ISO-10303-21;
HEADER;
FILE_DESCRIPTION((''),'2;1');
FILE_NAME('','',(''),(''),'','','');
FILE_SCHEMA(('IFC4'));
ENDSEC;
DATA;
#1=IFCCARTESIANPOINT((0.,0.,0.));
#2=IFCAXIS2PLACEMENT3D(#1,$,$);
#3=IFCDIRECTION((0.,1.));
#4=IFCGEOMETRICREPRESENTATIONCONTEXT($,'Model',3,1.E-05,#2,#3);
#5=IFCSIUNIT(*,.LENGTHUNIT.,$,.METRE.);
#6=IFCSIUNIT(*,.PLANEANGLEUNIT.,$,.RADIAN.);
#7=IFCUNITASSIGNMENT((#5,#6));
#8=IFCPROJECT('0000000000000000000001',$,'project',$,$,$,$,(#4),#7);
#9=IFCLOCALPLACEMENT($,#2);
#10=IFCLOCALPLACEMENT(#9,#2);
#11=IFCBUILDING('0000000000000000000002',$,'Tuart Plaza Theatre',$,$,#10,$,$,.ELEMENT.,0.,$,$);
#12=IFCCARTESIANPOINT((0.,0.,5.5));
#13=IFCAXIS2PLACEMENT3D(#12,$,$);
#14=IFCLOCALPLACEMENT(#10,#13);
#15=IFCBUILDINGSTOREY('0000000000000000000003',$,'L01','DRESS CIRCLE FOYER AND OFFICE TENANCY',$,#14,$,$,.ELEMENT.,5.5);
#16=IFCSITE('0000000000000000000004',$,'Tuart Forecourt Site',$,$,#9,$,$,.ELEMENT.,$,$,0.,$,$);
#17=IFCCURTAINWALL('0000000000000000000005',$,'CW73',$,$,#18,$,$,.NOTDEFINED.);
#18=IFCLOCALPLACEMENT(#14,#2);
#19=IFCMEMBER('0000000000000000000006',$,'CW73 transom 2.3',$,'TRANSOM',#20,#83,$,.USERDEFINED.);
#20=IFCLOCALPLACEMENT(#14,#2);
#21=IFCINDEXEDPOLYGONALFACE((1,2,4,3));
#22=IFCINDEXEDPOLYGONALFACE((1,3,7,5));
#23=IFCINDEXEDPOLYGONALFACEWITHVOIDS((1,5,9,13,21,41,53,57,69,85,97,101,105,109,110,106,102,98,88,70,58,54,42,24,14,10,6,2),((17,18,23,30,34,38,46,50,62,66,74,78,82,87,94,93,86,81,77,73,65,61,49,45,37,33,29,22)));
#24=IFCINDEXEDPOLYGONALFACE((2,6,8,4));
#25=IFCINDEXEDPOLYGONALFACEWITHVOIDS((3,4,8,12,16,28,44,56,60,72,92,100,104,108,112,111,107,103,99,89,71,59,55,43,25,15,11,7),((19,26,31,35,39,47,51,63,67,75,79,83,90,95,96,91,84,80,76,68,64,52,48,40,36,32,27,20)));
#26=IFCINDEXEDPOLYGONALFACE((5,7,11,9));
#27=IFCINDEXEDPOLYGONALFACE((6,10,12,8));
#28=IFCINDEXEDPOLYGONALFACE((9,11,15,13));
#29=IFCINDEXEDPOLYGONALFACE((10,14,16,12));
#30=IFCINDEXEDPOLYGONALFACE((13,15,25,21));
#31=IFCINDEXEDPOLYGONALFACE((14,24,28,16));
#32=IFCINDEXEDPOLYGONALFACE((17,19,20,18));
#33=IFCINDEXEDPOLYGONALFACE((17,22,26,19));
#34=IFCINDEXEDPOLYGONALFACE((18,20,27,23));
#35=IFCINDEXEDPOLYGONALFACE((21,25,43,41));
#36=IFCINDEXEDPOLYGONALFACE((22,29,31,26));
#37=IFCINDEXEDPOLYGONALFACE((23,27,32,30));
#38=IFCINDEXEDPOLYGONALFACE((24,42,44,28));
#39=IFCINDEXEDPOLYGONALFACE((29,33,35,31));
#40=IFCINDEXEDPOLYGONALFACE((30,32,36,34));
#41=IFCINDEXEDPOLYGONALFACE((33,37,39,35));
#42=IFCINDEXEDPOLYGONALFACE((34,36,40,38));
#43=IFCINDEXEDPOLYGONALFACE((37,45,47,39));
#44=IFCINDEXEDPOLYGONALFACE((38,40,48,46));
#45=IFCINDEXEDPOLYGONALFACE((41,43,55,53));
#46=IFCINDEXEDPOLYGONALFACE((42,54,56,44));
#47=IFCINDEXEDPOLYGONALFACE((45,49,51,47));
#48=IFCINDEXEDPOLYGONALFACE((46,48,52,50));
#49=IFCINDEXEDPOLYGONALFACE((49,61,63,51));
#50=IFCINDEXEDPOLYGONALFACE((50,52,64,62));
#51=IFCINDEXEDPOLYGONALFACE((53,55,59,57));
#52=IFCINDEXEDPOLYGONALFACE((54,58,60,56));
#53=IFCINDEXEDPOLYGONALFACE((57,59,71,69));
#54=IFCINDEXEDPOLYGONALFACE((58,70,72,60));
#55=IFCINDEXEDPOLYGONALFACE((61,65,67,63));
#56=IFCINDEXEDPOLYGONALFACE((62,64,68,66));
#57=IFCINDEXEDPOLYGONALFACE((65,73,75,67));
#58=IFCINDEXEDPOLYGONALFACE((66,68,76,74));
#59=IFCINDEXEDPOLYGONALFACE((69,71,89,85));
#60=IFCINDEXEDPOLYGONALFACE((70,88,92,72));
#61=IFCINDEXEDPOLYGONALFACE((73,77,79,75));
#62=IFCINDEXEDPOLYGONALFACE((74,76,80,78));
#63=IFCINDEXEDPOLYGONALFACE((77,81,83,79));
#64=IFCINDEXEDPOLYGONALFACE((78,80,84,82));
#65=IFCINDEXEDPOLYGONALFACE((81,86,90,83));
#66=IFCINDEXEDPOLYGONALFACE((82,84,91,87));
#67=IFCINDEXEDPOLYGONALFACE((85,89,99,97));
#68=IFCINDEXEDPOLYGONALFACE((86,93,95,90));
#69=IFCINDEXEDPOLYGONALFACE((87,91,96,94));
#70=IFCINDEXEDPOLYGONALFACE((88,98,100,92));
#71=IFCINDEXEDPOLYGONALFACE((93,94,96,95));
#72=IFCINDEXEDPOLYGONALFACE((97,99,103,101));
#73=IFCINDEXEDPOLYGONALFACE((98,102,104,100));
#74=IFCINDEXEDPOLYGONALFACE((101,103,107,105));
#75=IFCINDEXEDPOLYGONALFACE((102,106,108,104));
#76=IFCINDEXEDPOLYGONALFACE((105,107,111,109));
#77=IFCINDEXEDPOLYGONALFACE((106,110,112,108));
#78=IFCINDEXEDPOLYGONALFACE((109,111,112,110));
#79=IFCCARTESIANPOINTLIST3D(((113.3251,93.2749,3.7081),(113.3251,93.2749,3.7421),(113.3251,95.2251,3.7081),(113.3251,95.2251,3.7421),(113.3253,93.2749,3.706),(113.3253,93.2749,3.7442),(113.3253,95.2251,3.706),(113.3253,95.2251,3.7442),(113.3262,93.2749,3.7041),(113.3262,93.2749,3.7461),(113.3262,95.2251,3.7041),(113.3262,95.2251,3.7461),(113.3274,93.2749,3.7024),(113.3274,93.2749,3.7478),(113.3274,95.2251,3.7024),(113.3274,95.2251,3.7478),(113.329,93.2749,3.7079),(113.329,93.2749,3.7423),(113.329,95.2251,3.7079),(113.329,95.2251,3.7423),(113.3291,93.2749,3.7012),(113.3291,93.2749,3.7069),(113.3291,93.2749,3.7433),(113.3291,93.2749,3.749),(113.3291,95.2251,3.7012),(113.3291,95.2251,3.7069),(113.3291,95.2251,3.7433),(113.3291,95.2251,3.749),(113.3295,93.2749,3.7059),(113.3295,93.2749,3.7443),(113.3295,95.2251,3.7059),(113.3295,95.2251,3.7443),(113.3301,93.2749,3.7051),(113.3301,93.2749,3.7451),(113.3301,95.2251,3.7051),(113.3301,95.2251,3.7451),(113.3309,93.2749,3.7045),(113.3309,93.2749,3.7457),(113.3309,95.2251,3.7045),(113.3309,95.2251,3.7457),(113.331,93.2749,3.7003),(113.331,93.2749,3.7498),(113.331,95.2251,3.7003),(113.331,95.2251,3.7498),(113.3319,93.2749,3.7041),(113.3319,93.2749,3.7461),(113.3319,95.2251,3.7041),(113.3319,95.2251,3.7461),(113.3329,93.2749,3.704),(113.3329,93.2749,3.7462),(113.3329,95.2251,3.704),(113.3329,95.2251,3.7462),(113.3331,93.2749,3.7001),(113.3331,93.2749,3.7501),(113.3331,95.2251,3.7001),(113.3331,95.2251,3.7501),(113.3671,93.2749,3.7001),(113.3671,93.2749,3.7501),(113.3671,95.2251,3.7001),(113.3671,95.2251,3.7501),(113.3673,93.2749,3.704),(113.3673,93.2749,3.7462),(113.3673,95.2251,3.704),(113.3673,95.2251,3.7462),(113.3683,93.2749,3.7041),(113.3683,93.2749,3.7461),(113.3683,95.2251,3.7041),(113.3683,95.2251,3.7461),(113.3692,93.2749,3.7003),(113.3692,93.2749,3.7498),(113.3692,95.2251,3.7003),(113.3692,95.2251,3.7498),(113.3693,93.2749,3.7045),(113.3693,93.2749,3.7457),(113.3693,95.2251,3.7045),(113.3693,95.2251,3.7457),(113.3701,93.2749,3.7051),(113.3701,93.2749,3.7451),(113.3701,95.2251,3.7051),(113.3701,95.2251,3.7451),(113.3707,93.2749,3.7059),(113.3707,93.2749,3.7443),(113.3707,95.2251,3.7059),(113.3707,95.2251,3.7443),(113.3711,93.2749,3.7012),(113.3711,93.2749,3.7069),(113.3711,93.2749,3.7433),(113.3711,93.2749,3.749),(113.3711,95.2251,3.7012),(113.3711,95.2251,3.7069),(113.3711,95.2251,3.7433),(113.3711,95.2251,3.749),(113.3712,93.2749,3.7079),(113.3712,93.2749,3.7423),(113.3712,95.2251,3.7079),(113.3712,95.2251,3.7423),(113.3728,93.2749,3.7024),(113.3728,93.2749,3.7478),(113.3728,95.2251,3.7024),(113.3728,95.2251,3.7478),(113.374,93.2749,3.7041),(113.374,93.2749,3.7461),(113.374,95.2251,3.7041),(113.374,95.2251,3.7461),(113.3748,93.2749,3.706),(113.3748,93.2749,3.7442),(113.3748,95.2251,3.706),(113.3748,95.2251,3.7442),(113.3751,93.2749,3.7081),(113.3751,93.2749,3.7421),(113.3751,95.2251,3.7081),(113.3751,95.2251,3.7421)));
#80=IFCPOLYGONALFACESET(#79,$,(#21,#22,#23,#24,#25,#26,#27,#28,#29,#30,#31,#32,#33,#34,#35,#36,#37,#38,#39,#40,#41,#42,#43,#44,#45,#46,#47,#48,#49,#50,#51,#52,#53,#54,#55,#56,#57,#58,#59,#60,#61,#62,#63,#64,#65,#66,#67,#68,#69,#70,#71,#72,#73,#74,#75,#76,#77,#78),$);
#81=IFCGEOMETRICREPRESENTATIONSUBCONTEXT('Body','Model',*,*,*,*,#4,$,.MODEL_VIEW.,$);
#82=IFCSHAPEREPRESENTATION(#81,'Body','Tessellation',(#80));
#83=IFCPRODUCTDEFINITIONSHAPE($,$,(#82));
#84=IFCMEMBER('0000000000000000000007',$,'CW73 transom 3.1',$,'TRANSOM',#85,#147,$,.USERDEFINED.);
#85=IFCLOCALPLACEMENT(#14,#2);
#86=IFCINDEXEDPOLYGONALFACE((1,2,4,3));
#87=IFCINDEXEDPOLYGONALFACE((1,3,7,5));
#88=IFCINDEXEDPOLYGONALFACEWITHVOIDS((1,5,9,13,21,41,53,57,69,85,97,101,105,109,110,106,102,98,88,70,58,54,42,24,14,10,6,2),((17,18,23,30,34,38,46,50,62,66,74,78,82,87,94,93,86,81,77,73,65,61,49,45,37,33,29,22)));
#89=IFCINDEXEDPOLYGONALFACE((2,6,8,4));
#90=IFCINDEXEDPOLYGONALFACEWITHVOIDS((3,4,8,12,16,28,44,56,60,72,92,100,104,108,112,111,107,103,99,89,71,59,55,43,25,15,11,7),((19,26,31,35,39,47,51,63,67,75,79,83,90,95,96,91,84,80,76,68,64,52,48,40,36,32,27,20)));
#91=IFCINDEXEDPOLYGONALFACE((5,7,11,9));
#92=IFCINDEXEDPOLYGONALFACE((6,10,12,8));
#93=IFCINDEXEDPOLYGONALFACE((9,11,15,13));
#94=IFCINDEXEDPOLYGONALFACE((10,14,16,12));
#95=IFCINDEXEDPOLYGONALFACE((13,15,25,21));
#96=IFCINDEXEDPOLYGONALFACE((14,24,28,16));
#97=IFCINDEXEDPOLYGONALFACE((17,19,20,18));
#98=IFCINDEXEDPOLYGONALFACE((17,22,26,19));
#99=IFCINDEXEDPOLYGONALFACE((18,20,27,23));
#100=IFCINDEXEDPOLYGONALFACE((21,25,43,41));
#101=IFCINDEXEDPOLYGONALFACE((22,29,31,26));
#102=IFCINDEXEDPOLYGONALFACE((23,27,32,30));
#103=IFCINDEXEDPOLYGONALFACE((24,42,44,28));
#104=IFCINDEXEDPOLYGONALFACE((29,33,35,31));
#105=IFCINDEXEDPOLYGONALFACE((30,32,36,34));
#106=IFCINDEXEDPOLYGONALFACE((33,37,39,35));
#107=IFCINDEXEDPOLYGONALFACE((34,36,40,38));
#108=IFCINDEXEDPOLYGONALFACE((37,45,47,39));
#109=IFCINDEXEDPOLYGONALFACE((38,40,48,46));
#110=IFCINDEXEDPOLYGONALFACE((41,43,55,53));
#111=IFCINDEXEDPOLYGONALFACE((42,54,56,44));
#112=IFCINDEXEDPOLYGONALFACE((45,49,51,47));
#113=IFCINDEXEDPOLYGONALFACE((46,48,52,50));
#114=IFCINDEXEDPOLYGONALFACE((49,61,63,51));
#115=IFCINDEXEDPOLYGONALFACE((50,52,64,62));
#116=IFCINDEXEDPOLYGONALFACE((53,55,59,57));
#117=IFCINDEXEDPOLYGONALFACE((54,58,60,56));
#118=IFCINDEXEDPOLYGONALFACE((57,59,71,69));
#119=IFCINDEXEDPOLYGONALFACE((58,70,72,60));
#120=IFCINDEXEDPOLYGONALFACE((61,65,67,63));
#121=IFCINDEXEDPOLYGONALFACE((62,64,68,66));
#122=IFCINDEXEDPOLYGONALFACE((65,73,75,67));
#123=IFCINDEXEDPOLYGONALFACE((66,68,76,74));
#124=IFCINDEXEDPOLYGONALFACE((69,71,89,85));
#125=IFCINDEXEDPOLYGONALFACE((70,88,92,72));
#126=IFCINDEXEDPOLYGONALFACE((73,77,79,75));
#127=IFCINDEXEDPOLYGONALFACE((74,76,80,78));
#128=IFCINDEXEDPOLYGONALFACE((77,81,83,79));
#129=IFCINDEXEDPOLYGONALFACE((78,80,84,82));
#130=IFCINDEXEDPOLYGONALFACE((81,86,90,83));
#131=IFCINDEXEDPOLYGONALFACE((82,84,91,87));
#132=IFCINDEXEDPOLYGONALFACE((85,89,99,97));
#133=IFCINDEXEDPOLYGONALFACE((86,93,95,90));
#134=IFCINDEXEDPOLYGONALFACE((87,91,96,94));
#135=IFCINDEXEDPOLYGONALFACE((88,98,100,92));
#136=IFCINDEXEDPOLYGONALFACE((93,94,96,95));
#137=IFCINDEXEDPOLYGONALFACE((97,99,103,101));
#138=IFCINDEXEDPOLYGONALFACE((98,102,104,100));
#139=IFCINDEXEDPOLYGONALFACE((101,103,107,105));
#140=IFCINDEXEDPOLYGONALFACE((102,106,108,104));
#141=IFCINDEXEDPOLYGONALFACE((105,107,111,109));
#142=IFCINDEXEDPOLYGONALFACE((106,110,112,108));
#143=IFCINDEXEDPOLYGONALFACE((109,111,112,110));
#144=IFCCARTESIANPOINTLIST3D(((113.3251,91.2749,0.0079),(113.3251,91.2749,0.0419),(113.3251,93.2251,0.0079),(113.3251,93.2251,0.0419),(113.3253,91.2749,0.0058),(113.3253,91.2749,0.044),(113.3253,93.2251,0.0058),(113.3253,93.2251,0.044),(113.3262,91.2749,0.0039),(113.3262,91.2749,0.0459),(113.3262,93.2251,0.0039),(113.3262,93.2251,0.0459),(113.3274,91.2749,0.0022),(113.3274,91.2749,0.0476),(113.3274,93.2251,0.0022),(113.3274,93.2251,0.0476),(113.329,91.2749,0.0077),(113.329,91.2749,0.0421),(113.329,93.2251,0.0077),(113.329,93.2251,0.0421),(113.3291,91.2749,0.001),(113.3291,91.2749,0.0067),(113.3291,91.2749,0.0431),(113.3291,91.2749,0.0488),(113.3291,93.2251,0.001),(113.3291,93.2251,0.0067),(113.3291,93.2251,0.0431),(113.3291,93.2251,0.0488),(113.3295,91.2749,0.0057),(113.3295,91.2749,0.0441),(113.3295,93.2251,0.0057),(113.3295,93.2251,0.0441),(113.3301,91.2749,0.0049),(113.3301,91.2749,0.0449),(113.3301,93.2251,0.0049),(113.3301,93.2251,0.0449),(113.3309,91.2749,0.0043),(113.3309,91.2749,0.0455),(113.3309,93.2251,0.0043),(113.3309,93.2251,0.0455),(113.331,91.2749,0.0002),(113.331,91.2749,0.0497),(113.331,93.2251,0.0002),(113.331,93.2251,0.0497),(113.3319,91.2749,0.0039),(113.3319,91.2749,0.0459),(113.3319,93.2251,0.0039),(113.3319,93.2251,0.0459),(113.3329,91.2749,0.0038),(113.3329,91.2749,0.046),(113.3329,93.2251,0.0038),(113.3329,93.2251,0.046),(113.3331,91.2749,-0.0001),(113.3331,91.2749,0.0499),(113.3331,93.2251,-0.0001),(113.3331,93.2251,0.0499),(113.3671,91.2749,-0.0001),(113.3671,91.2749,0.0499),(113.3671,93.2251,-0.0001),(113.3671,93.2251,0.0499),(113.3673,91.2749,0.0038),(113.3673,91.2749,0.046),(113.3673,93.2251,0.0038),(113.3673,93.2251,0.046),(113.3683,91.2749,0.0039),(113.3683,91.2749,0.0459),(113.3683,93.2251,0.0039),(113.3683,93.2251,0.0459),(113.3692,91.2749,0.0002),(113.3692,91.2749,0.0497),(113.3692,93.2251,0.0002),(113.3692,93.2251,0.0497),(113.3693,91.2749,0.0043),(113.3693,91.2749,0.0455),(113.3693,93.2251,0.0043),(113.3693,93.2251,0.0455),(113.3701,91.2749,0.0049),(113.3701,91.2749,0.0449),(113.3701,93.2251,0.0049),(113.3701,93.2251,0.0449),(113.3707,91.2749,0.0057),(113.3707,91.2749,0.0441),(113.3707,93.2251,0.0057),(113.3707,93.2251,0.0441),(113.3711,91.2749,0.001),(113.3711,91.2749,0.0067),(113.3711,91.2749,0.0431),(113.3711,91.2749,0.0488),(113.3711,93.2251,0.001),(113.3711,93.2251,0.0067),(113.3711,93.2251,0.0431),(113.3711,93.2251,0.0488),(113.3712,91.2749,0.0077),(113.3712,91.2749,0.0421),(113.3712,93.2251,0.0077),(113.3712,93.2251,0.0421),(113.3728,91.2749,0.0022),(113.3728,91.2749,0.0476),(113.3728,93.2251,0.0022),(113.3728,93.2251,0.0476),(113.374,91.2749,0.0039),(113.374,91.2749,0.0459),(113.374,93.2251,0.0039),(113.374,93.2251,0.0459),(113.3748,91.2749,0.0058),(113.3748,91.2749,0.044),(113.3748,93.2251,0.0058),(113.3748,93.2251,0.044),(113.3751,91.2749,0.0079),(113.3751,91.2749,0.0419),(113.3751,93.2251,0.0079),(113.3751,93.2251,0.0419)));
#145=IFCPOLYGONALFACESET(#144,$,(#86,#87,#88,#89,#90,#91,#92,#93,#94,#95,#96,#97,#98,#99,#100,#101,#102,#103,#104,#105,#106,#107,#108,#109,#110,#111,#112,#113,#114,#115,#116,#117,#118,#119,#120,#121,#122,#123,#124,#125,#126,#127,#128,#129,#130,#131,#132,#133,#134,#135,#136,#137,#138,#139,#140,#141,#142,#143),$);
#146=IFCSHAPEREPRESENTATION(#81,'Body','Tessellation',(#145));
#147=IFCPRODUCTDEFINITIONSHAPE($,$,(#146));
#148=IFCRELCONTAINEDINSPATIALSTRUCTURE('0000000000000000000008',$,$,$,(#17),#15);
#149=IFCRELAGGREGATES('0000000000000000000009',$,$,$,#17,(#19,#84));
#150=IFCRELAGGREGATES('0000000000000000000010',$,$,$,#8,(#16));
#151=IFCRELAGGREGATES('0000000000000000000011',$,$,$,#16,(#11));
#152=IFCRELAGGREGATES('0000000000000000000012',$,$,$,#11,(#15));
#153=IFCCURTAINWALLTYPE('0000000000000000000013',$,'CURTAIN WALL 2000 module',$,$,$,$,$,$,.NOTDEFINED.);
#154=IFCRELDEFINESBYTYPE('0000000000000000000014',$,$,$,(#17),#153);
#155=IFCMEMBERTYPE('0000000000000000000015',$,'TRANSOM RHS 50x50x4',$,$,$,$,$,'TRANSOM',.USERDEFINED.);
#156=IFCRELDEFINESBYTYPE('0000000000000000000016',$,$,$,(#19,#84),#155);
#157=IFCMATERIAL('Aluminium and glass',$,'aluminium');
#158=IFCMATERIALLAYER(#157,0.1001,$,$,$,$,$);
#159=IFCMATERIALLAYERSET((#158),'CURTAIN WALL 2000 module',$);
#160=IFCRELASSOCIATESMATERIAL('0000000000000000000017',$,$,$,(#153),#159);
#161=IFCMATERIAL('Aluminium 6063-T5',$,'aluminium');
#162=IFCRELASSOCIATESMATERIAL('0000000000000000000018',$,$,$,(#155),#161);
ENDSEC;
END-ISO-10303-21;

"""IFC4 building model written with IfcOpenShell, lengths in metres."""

from ifc_helpers import new_model, si_unit, direction, frame, origin, origin_2d, place, context, subcontext, project, spatial, hollow_rectangle, extrude, material, layer, layer_set, material_profile, profile_set, type_object, element, aggregate, save


model = new_model("IFC4")

# Units and contexts
model_context = context("Model", 3, precision=1e-05, world=origin(), true_north=direction((0.0, 1.0)))
body_context = subcontext(model_context, "Body", "Model", "MODEL_VIEW")
ifc_project = project(units=[si_unit("LENGTHUNIT", "METRE"), si_unit("PLANEANGLEUNIT", "RADIAN")], contexts=[model_context])

# Site, building, storey
site_placement = place(None, origin())
site = spatial("IfcSite", under=ifc_project, at=site_placement, Name="Tuart Forecourt Site", CompositionType="ELEMENT", RefElevation=0.0)
building_placement = place(site_placement, origin())
building = spatial("IfcBuilding", under=site, at=building_placement, Name="Tuart Plaza Theatre", CompositionType="ELEMENT", ElevationOfRefHeight=0.0)
storey_placement = place(building_placement, frame((0.0, 0.0, 5.5)))
storey = spatial("IfcBuildingStorey", under=building, at=storey_placement, Name="L01", Description="DRESS CIRCLE FOYER AND OFFICE TENANCY", CompositionType="ELEMENT", Elevation=5.5)

# Curtain wall, members
ifc_material_1 = material(Name="Aluminium and glass", Category="aluminium")
ifc_layer_1 = layer(ifc_material_1, 0.1001)
ifc_layer_set_1 = layer_set([ifc_layer_1], Name="CURTAIN WALL 2000 module")
curtain_wall_type = type_object("IfcCurtainWallType", Name="CURTAIN WALL 2000 module", PredefinedType="NOTDEFINED", material=ifc_layer_set_1)
curtain_wall_placement = place(storey_placement, origin())
curtain_wall = element("IfcCurtainWall", 1, at=curtain_wall_placement, inside=storey, type_object=curtain_wall_type, Name="CW73", PredefinedType="NOTDEFINED")
ifc_material_2 = material(Name="Aluminium 6063-T5", Category="aluminium")
ifc_material_profile_1 = material_profile(ifc_material_2, hollow_rectangle(XDim=0.05, YDim=0.05, WallThickness=0.0039, InnerFilletRadius=0.0039, OuterFilletRadius=0.0081, at=origin_2d()), Name="RHS 50x50x4")
ifc_profile_set_1 = profile_set([ifc_material_profile_1], Name="Aluminium 6063-T5")
member_type_1 = type_object("IfcMemberType", Name="TRANSOM RHS 50x50x4", ElementType="TRANSOM", PredefinedType="USERDEFINED", material=ifc_profile_set_1)
member_1_placement = place(storey_placement, frame((113.3501, 95.2251, 3.7251), z_axis=(0.0, -1.0, 0.0), x_axis=(1.0, 0.0, 0.0)))
member_1 = element("IfcMember", 2, at=member_1_placement, type_object=member_type_1, Name="CW73 transom 2.3", ObjectType="TRANSOM", PredefinedType="USERDEFINED", context=body_context, shape_type="SweptSolid", body=[
    extrude(hollow_rectangle(XDim=0.05, YDim=0.05, WallThickness=0.0039, InnerFilletRadius=0.0039, OuterFilletRadius=0.0081, at=origin_2d()), origin(), (0.0, 0.0, 1.0), 1.9502),
])
member_2_placement = place(storey_placement, frame((113.3501, 93.2251, 0.0249), z_axis=(0.0, -1.0, 0.0), x_axis=(1.0, 0.0, 0.0)))
member_2 = element("IfcMember", 3, at=member_2_placement, type_object=member_type_1, Name="CW73 transom 3.1", ObjectType="TRANSOM", PredefinedType="USERDEFINED", context=body_context, shape_type="SweptSolid", body=[
    extrude(hollow_rectangle(XDim=0.05, YDim=0.05, WallThickness=0.0039, InnerFilletRadius=0.0039, OuterFilletRadius=0.0081, at=origin_2d()), origin(), (0.0, 0.0, 1.0), 1.9502),
])
aggregate(curtain_wall, [member_1, member_2])

save(model, "model.ifc")
